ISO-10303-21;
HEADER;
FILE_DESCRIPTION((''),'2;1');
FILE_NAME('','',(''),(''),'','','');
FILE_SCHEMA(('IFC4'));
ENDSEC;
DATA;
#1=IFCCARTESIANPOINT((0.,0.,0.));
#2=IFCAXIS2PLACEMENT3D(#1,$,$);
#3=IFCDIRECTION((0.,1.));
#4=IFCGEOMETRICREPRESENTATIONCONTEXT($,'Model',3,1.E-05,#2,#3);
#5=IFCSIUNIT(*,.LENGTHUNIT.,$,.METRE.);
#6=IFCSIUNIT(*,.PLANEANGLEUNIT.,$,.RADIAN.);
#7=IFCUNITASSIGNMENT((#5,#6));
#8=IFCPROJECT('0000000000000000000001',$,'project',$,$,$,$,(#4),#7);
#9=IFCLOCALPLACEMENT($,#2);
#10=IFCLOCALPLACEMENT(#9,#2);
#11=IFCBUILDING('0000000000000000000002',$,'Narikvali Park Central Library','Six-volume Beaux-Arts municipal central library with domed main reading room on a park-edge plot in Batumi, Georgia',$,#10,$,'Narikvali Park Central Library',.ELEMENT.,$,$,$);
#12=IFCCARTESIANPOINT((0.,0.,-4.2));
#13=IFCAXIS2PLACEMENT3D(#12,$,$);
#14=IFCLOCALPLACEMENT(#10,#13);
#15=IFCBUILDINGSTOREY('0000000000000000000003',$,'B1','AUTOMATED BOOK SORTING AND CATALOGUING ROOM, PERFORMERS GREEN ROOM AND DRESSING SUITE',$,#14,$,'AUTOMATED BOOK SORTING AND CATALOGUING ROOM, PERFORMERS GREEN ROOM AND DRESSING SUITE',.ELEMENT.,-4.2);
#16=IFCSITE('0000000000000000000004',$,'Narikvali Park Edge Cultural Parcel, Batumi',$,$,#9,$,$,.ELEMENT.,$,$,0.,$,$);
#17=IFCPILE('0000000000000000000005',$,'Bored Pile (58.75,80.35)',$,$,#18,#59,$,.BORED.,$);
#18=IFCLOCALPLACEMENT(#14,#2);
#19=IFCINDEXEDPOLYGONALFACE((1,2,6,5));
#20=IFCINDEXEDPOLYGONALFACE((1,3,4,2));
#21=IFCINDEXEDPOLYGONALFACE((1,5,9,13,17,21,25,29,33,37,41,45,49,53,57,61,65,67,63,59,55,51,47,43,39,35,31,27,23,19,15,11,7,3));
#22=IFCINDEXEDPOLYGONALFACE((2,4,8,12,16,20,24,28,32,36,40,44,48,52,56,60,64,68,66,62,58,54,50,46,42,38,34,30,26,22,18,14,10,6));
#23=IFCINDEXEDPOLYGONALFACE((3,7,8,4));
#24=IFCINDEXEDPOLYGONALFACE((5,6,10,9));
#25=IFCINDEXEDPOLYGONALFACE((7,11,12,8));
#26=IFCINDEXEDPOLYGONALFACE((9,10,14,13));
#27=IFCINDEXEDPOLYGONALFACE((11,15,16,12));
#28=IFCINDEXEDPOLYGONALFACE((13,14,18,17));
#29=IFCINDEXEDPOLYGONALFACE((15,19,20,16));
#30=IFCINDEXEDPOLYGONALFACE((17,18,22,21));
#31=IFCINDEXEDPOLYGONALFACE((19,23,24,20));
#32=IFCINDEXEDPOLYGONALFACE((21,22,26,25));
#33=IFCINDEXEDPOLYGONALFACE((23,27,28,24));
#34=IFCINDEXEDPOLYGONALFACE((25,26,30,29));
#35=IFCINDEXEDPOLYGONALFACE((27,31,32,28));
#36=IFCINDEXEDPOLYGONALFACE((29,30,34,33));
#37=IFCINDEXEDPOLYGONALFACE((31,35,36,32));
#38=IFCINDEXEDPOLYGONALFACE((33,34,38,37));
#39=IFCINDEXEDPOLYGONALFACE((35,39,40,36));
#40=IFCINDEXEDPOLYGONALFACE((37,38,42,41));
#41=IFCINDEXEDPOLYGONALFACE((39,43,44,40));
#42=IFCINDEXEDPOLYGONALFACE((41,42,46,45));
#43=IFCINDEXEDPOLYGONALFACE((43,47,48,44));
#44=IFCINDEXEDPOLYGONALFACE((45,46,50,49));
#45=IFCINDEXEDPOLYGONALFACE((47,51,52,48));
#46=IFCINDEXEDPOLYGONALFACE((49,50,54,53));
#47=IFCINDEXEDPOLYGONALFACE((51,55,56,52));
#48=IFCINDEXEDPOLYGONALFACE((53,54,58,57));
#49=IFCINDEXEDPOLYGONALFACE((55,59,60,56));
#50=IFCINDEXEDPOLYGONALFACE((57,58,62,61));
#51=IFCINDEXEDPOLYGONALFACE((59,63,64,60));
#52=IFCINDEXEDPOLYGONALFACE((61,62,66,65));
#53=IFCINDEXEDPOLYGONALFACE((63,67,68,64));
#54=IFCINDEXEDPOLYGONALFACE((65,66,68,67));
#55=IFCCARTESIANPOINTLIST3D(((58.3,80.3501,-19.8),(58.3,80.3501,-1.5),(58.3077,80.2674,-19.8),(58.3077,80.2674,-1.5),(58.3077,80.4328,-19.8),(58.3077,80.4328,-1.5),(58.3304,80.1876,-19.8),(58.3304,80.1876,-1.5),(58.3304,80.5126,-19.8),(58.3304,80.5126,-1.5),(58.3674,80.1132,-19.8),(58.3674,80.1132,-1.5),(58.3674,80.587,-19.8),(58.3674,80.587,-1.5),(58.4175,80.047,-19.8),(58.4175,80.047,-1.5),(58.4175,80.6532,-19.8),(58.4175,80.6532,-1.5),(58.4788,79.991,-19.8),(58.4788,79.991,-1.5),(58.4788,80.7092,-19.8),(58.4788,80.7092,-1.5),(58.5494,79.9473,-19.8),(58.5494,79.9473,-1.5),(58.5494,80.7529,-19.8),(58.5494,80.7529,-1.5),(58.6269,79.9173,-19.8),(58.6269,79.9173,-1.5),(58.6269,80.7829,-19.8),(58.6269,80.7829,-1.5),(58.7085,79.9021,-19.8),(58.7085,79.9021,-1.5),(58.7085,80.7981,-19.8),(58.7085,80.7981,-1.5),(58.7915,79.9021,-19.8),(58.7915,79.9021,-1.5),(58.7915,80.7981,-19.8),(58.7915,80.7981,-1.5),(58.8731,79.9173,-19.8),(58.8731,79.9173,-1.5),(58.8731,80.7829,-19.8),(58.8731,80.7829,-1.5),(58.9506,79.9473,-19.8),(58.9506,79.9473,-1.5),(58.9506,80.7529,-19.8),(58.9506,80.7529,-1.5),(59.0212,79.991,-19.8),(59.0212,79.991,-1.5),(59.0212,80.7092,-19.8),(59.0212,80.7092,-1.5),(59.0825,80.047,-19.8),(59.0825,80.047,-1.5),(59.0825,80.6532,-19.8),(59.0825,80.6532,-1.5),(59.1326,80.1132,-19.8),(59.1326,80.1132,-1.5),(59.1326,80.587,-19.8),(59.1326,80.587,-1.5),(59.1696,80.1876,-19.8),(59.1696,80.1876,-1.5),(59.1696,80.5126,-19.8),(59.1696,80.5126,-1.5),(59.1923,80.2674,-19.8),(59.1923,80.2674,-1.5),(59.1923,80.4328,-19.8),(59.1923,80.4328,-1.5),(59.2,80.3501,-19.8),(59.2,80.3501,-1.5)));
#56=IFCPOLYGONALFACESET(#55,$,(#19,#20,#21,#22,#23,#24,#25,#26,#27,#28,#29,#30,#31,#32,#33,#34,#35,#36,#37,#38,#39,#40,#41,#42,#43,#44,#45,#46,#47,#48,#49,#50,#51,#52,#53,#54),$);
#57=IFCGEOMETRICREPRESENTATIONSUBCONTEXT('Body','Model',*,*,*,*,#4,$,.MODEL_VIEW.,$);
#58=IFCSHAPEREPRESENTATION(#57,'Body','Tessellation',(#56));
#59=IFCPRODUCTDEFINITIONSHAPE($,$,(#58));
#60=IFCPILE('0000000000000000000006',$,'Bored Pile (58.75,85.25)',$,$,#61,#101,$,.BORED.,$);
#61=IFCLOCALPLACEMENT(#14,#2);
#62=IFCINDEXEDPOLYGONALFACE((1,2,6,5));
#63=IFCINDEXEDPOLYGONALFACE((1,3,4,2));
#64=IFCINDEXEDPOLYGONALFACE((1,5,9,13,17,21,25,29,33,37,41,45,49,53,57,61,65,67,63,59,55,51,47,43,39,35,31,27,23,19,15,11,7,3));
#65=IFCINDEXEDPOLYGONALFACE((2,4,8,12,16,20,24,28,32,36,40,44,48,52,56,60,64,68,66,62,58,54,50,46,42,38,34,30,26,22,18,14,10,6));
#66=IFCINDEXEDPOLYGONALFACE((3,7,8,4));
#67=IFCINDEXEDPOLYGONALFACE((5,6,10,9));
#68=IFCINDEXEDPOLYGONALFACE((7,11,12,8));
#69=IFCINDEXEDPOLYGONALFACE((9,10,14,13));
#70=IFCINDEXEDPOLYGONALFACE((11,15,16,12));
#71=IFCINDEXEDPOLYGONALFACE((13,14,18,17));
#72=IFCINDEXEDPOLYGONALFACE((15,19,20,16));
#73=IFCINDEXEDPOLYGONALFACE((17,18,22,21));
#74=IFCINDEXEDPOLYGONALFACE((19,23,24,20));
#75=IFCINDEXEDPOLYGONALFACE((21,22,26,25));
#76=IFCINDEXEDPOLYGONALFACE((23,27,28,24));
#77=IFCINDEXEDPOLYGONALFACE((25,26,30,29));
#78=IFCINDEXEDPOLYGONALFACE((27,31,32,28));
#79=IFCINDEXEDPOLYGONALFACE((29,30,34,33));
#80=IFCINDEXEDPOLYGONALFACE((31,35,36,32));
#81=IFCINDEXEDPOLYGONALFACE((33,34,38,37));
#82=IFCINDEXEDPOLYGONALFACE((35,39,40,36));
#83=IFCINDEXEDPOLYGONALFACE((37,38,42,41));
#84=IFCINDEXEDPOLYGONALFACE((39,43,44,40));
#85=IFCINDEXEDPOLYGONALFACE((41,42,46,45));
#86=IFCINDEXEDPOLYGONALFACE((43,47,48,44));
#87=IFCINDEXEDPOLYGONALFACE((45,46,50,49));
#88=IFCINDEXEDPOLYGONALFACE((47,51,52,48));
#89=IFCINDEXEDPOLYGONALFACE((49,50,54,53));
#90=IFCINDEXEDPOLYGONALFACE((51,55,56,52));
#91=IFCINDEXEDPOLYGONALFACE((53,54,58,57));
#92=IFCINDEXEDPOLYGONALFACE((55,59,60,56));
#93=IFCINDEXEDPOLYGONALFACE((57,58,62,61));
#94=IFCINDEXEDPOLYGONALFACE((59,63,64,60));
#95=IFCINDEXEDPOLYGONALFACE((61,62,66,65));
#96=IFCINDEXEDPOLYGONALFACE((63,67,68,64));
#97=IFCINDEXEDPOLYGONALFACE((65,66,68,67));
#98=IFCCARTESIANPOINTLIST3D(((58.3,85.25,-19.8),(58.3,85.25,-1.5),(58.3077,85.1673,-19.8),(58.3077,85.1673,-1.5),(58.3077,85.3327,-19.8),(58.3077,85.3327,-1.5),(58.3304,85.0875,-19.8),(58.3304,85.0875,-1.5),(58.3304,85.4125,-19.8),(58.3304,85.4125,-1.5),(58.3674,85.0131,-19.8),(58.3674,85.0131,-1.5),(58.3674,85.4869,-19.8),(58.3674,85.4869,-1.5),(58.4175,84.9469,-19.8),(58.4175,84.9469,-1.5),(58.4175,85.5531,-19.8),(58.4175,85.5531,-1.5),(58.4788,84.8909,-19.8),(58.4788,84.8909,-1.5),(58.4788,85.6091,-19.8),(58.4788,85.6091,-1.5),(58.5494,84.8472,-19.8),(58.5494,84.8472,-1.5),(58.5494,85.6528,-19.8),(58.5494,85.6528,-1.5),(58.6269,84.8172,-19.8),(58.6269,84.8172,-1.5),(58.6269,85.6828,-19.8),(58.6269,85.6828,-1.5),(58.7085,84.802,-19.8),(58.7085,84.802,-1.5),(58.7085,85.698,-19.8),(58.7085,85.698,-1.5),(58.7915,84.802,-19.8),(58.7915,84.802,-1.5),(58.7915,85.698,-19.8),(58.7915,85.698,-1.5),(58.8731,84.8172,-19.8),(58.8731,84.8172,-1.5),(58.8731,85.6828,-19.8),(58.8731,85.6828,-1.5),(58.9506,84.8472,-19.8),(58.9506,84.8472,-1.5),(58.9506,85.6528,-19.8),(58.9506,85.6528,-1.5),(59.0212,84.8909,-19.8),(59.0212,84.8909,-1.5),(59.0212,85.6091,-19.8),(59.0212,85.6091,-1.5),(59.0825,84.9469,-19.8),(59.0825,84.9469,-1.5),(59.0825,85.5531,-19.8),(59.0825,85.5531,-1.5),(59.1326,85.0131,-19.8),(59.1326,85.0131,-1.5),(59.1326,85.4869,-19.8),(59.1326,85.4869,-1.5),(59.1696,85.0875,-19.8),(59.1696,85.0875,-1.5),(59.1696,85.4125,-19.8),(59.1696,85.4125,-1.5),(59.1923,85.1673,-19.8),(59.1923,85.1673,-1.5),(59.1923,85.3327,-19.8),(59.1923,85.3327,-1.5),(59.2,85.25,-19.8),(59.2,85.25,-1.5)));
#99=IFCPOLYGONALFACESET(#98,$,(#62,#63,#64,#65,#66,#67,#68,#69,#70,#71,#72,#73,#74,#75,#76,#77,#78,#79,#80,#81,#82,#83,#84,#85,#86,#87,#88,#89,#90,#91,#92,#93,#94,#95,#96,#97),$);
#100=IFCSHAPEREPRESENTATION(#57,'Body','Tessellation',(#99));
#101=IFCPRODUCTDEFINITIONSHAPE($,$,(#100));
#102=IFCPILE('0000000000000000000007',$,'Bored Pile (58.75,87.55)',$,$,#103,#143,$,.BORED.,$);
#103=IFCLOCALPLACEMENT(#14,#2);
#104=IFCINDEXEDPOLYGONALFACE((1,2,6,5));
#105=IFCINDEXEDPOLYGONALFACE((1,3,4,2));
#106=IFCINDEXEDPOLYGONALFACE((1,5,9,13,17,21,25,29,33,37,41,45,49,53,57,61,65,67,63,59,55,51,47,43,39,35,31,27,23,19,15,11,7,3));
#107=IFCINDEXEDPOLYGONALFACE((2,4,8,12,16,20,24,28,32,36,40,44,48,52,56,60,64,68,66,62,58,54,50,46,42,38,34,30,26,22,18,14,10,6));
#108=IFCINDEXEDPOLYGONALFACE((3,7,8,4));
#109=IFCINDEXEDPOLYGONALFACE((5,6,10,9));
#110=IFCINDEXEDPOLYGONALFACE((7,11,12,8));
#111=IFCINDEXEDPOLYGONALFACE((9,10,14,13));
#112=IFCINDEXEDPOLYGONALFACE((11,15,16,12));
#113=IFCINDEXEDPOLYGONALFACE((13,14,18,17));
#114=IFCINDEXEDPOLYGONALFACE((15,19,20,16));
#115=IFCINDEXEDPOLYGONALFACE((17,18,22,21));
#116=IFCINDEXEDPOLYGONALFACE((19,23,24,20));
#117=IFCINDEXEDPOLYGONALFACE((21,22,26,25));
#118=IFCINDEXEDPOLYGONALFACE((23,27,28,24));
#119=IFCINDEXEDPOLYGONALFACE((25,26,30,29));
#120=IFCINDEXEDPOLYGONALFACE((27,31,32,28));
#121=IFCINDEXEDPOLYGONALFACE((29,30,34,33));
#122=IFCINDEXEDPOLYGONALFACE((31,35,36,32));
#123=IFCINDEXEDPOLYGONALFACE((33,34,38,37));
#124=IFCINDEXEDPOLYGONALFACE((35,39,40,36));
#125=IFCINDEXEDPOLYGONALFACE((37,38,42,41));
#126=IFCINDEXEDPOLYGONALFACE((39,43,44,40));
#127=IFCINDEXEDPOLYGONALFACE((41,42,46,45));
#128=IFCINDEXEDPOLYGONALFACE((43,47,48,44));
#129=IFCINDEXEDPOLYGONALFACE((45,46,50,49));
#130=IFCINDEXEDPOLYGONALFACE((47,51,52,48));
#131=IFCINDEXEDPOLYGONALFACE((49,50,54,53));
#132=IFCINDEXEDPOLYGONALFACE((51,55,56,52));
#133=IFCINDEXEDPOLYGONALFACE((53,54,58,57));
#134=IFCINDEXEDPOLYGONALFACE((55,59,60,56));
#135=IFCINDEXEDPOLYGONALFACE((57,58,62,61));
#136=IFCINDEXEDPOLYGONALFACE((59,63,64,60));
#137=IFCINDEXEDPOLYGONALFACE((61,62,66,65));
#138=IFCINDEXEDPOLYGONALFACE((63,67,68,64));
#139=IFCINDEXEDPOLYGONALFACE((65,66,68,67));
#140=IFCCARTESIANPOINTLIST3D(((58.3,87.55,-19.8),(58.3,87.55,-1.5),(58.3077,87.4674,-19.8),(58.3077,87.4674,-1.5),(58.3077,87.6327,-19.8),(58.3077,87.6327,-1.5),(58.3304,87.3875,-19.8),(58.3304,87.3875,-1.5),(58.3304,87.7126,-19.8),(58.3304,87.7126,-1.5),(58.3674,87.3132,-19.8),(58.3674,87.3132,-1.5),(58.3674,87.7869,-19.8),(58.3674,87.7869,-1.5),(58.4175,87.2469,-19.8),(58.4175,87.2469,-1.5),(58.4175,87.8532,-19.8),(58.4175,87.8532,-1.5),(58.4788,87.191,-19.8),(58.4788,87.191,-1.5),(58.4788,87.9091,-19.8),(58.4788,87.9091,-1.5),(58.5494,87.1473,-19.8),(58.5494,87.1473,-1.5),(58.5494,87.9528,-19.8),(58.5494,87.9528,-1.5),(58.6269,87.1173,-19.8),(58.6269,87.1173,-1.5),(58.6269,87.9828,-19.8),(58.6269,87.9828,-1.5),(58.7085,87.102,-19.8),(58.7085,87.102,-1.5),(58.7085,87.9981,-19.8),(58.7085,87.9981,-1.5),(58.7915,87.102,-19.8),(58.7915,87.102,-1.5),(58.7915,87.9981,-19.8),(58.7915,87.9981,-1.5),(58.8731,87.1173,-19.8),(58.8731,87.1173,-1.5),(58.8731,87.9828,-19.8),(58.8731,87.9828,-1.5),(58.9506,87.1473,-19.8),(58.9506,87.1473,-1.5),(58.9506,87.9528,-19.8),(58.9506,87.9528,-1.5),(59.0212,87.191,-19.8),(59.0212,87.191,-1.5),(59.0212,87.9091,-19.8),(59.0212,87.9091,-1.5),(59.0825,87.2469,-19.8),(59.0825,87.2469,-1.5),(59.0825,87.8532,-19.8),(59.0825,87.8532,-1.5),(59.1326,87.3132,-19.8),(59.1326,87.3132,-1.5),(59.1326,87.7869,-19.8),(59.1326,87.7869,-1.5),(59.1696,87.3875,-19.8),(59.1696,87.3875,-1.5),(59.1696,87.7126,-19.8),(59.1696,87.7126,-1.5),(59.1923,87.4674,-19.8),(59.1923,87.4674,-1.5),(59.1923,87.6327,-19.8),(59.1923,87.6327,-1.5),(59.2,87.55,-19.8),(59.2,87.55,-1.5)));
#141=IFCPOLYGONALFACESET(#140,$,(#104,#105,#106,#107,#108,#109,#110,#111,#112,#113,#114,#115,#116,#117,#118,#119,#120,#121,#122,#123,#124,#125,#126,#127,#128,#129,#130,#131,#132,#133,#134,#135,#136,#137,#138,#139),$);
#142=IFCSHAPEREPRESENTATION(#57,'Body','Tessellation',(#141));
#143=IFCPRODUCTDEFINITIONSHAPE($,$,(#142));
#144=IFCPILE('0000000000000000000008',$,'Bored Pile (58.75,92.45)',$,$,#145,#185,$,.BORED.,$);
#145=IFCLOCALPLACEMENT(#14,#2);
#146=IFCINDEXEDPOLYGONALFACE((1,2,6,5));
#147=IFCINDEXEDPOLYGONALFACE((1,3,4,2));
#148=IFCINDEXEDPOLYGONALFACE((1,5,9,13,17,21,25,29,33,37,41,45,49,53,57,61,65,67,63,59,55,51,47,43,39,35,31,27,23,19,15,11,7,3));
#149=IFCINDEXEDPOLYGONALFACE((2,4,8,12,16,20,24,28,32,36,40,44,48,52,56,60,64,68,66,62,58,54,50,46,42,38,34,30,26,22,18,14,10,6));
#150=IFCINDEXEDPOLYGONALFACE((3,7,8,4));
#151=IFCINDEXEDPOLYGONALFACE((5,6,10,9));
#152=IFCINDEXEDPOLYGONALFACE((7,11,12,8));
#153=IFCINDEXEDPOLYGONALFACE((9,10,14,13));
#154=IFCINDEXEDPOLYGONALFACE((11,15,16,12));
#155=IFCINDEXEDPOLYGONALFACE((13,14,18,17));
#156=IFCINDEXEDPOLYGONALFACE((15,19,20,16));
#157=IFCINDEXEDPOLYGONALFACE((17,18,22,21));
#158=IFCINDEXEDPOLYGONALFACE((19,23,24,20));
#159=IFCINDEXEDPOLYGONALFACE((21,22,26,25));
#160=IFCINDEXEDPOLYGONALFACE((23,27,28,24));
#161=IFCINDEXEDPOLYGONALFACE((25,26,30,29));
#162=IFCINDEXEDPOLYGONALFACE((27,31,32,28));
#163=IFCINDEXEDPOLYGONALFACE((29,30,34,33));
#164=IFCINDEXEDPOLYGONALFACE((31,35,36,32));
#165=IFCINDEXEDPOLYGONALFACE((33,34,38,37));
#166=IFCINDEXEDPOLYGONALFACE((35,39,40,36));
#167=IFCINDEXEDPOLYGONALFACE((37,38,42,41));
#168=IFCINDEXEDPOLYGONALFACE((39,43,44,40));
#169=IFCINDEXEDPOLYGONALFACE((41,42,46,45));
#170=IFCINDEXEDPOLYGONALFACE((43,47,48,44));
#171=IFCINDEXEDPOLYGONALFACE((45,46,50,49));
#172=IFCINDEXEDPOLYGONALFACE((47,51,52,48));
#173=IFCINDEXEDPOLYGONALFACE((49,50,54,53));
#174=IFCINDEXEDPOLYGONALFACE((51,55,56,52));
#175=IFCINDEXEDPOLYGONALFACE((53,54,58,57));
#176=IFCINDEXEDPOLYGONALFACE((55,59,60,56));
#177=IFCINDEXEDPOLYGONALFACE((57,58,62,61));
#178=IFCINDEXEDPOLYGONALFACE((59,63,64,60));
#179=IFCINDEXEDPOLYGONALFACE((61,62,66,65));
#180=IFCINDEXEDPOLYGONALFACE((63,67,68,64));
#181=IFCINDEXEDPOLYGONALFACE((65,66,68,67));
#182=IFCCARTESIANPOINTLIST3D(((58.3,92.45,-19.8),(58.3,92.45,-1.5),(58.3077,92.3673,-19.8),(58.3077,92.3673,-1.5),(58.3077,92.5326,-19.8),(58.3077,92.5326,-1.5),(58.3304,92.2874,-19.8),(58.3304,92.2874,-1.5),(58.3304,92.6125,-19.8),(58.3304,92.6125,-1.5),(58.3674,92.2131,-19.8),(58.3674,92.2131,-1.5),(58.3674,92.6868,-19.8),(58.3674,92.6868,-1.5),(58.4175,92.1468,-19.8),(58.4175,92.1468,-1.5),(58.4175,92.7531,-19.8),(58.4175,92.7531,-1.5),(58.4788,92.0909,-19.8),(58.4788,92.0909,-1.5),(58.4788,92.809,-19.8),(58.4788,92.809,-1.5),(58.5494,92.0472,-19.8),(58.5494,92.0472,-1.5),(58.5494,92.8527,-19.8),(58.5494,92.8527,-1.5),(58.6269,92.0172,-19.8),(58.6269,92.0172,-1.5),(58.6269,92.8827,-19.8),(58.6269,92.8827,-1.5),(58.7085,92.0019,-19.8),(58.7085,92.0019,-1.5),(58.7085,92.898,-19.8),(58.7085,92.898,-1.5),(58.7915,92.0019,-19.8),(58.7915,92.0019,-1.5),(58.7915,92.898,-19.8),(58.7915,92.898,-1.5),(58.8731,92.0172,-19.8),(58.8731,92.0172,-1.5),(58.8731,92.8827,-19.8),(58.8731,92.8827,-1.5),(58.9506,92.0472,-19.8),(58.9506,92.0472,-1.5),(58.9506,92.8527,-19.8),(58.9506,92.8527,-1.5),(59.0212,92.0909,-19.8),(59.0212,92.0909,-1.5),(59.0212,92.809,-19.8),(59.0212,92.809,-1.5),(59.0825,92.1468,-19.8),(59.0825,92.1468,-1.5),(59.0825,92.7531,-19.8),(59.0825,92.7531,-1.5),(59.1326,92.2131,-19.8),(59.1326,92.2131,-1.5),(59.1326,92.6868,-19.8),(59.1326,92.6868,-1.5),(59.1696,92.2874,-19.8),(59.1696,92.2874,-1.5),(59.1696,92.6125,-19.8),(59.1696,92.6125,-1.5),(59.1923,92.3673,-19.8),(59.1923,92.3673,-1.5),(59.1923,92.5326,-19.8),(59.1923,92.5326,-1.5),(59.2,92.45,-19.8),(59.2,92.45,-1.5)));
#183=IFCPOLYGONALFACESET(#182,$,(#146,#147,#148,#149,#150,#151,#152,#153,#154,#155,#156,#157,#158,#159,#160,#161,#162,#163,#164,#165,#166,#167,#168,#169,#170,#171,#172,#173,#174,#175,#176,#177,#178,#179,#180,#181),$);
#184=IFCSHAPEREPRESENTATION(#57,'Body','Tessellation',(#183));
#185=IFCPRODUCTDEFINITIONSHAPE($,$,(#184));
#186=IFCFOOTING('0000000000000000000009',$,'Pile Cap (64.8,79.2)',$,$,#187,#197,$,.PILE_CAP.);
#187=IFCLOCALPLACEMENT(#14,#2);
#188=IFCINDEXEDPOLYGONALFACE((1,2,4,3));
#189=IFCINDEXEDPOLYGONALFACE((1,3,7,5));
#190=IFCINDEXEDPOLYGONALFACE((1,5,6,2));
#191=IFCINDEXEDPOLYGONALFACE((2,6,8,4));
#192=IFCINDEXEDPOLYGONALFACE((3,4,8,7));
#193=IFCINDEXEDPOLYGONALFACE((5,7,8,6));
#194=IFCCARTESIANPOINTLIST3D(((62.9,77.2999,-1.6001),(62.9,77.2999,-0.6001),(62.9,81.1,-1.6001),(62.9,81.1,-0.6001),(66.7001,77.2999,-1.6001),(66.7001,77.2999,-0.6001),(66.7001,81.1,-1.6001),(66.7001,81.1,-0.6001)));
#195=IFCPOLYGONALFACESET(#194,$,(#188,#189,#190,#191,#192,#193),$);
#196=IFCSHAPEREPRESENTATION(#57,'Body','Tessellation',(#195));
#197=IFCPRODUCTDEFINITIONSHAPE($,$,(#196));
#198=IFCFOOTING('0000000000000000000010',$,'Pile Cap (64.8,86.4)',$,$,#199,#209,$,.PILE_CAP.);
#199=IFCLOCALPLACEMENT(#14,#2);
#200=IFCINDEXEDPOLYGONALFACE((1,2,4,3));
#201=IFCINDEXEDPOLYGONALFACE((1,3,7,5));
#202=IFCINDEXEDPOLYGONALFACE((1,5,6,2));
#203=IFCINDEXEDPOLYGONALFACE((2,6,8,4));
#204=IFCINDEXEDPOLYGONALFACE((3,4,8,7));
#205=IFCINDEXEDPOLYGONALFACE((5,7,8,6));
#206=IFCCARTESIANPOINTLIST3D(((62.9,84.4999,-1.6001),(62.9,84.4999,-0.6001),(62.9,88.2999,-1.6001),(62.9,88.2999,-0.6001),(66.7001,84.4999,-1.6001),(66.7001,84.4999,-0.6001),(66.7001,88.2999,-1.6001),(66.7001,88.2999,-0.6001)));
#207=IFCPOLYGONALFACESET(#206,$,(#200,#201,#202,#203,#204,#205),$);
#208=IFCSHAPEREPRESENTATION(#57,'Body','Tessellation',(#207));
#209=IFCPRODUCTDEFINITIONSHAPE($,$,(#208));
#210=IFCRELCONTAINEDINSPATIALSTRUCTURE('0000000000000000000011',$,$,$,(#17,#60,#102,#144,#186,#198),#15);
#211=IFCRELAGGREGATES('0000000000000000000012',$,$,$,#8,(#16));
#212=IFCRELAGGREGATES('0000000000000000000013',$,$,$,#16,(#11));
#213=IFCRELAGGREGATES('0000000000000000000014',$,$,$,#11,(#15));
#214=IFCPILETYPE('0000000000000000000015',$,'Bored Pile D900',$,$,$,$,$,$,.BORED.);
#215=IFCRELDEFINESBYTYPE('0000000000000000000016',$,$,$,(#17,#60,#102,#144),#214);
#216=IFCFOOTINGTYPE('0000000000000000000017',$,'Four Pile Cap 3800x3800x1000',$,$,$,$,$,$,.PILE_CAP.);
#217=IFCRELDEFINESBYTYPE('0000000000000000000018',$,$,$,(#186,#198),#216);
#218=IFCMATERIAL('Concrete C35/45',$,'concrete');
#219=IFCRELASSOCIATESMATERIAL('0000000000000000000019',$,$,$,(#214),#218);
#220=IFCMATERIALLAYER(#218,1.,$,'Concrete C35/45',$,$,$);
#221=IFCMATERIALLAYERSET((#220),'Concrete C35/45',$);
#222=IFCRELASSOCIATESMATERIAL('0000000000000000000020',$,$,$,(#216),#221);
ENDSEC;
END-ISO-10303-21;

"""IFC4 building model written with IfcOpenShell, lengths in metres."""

from ifc_helpers import new_model, si_unit, direction, frame, origin, origin_2d, place, context, subcontext, project, spatial, rectangle, circle, extrude, material, layer, layer_set, material_profile, profile_set, type_object, element, save


model = new_model("IFC4")

# Units and contexts
model_context = context("Model", 3, precision=1e-05, world=origin(), true_north=direction((0.0, 1.0)))
body_context = subcontext(model_context, "Body", "Model", "MODEL_VIEW")
ifc_project = project(units=[si_unit("LENGTHUNIT", "METRE"), si_unit("PLANEANGLEUNIT", "RADIAN")], contexts=[model_context])

# Site, building, storey
site_placement = place(None, origin())
site = spatial("IfcSite", under=ifc_project, at=site_placement, Name="Narikvali Park Edge Cultural Parcel, Batumi", CompositionType="ELEMENT", RefElevation=0.0)
building_placement = place(site_placement, origin())
building = spatial("IfcBuilding", under=site, at=building_placement, Name="Narikvali Park Central Library", Description="Six-volume Beaux-Arts municipal central library with domed main reading room on a park-edge plot in Batumi, Georgia", LongName="Narikvali Park Central Library", CompositionType="ELEMENT")
storey_placement = place(building_placement, frame((0.0, 0.0, -4.2)))
storey = spatial("IfcBuildingStorey", under=building, at=storey_placement, Name="B1", Description="AUTOMATED BOOK SORTING AND CATALOGUING ROOM, PERFORMERS GREEN ROOM AND DRESSING SUITE", LongName="AUTOMATED BOOK SORTING AND CATALOGUING ROOM, PERFORMERS GREEN ROOM AND DRESSING SUITE", CompositionType="ELEMENT", Elevation=-4.2)

# Piles
ifc_material_1 = material(Name="Concrete C35/45", Category="concrete")
ifc_material_profile_1 = material_profile(ifc_material_1, circle(Radius=0.45, at=origin_2d()), Name="PILE D900")
ifc_profile_set_1 = profile_set([ifc_material_profile_1], Name="Concrete C35/45")
pile_type = type_object("IfcPileType", Name="Bored Pile D900", PredefinedType="BORED", material=ifc_profile_set_1)
for number, where, z_axis, x_axis, name in (
    (1, (58.75, 80.3501, -1.5), (0.0, 0.0, -1.0), (1.0, 0.0, 0.0), "Bored Pile (58.75,80.35)"),
    (2, (58.75, 85.25, -1.5), (0.0, 0.0, -1.0), (1.0, 0.0, 0.0), "Bored Pile (58.75,85.25)"),
    (3, (58.75, 87.55, -1.5), (0.0, 0.0, -1.0), (1.0, 0.0, 0.0), "Bored Pile (58.75,87.55)"),
    (4, (58.75, 92.45, -1.5), (0.0, 0.0, -1.0), (1.0, 0.0, 0.0), "Bored Pile (58.75,92.45)"),
):
    element("IfcPile", number, at=place(storey_placement, frame(where, z_axis=z_axis, x_axis=x_axis)), inside=storey, type_object=pile_type, Name=name, PredefinedType="BORED", context=body_context, shape_type="SweptSolid", body=[
        extrude(circle(Radius=0.45, at=origin_2d()), origin(), (0.0, 0.0, 1.0), 18.3),
    ])

# Footings
ifc_layer_1 = layer(ifc_material_1, 1.0, Name="Concrete C35/45")
ifc_layer_set_1 = layer_set([ifc_layer_1], Name="Concrete C35/45")
footing_type_1 = type_object("IfcFootingType", Name="Four Pile Cap 3800x3800x1000", PredefinedType="PILE_CAP", material=ifc_layer_set_1)
for number, where, z_axis, x_axis, name in (
    (5, (64.8, 79.2, -1.6001), (0.0, 0.0, 1.0), (1.0, 0.0, 0.0), "Pile Cap (64.8,79.2)"),
    (6, (64.8, 86.3999, -1.6001), (0.0, 0.0, 1.0), (1.0, 0.0, 0.0), "Pile Cap (64.8,86.4)"),
):
    element("IfcFooting", number, at=place(storey_placement, frame(where, z_axis=z_axis, x_axis=x_axis)), inside=storey, type_object=footing_type_1, Name=name, PredefinedType="PILE_CAP", context=body_context, shape_type="SweptSolid", body=[
        extrude(rectangle(XDim=3.8, YDim=3.8, at=origin_2d()), origin(), (0.0, 0.0, 1.0), 1.0),
    ])

save(model, "model.ifc")
